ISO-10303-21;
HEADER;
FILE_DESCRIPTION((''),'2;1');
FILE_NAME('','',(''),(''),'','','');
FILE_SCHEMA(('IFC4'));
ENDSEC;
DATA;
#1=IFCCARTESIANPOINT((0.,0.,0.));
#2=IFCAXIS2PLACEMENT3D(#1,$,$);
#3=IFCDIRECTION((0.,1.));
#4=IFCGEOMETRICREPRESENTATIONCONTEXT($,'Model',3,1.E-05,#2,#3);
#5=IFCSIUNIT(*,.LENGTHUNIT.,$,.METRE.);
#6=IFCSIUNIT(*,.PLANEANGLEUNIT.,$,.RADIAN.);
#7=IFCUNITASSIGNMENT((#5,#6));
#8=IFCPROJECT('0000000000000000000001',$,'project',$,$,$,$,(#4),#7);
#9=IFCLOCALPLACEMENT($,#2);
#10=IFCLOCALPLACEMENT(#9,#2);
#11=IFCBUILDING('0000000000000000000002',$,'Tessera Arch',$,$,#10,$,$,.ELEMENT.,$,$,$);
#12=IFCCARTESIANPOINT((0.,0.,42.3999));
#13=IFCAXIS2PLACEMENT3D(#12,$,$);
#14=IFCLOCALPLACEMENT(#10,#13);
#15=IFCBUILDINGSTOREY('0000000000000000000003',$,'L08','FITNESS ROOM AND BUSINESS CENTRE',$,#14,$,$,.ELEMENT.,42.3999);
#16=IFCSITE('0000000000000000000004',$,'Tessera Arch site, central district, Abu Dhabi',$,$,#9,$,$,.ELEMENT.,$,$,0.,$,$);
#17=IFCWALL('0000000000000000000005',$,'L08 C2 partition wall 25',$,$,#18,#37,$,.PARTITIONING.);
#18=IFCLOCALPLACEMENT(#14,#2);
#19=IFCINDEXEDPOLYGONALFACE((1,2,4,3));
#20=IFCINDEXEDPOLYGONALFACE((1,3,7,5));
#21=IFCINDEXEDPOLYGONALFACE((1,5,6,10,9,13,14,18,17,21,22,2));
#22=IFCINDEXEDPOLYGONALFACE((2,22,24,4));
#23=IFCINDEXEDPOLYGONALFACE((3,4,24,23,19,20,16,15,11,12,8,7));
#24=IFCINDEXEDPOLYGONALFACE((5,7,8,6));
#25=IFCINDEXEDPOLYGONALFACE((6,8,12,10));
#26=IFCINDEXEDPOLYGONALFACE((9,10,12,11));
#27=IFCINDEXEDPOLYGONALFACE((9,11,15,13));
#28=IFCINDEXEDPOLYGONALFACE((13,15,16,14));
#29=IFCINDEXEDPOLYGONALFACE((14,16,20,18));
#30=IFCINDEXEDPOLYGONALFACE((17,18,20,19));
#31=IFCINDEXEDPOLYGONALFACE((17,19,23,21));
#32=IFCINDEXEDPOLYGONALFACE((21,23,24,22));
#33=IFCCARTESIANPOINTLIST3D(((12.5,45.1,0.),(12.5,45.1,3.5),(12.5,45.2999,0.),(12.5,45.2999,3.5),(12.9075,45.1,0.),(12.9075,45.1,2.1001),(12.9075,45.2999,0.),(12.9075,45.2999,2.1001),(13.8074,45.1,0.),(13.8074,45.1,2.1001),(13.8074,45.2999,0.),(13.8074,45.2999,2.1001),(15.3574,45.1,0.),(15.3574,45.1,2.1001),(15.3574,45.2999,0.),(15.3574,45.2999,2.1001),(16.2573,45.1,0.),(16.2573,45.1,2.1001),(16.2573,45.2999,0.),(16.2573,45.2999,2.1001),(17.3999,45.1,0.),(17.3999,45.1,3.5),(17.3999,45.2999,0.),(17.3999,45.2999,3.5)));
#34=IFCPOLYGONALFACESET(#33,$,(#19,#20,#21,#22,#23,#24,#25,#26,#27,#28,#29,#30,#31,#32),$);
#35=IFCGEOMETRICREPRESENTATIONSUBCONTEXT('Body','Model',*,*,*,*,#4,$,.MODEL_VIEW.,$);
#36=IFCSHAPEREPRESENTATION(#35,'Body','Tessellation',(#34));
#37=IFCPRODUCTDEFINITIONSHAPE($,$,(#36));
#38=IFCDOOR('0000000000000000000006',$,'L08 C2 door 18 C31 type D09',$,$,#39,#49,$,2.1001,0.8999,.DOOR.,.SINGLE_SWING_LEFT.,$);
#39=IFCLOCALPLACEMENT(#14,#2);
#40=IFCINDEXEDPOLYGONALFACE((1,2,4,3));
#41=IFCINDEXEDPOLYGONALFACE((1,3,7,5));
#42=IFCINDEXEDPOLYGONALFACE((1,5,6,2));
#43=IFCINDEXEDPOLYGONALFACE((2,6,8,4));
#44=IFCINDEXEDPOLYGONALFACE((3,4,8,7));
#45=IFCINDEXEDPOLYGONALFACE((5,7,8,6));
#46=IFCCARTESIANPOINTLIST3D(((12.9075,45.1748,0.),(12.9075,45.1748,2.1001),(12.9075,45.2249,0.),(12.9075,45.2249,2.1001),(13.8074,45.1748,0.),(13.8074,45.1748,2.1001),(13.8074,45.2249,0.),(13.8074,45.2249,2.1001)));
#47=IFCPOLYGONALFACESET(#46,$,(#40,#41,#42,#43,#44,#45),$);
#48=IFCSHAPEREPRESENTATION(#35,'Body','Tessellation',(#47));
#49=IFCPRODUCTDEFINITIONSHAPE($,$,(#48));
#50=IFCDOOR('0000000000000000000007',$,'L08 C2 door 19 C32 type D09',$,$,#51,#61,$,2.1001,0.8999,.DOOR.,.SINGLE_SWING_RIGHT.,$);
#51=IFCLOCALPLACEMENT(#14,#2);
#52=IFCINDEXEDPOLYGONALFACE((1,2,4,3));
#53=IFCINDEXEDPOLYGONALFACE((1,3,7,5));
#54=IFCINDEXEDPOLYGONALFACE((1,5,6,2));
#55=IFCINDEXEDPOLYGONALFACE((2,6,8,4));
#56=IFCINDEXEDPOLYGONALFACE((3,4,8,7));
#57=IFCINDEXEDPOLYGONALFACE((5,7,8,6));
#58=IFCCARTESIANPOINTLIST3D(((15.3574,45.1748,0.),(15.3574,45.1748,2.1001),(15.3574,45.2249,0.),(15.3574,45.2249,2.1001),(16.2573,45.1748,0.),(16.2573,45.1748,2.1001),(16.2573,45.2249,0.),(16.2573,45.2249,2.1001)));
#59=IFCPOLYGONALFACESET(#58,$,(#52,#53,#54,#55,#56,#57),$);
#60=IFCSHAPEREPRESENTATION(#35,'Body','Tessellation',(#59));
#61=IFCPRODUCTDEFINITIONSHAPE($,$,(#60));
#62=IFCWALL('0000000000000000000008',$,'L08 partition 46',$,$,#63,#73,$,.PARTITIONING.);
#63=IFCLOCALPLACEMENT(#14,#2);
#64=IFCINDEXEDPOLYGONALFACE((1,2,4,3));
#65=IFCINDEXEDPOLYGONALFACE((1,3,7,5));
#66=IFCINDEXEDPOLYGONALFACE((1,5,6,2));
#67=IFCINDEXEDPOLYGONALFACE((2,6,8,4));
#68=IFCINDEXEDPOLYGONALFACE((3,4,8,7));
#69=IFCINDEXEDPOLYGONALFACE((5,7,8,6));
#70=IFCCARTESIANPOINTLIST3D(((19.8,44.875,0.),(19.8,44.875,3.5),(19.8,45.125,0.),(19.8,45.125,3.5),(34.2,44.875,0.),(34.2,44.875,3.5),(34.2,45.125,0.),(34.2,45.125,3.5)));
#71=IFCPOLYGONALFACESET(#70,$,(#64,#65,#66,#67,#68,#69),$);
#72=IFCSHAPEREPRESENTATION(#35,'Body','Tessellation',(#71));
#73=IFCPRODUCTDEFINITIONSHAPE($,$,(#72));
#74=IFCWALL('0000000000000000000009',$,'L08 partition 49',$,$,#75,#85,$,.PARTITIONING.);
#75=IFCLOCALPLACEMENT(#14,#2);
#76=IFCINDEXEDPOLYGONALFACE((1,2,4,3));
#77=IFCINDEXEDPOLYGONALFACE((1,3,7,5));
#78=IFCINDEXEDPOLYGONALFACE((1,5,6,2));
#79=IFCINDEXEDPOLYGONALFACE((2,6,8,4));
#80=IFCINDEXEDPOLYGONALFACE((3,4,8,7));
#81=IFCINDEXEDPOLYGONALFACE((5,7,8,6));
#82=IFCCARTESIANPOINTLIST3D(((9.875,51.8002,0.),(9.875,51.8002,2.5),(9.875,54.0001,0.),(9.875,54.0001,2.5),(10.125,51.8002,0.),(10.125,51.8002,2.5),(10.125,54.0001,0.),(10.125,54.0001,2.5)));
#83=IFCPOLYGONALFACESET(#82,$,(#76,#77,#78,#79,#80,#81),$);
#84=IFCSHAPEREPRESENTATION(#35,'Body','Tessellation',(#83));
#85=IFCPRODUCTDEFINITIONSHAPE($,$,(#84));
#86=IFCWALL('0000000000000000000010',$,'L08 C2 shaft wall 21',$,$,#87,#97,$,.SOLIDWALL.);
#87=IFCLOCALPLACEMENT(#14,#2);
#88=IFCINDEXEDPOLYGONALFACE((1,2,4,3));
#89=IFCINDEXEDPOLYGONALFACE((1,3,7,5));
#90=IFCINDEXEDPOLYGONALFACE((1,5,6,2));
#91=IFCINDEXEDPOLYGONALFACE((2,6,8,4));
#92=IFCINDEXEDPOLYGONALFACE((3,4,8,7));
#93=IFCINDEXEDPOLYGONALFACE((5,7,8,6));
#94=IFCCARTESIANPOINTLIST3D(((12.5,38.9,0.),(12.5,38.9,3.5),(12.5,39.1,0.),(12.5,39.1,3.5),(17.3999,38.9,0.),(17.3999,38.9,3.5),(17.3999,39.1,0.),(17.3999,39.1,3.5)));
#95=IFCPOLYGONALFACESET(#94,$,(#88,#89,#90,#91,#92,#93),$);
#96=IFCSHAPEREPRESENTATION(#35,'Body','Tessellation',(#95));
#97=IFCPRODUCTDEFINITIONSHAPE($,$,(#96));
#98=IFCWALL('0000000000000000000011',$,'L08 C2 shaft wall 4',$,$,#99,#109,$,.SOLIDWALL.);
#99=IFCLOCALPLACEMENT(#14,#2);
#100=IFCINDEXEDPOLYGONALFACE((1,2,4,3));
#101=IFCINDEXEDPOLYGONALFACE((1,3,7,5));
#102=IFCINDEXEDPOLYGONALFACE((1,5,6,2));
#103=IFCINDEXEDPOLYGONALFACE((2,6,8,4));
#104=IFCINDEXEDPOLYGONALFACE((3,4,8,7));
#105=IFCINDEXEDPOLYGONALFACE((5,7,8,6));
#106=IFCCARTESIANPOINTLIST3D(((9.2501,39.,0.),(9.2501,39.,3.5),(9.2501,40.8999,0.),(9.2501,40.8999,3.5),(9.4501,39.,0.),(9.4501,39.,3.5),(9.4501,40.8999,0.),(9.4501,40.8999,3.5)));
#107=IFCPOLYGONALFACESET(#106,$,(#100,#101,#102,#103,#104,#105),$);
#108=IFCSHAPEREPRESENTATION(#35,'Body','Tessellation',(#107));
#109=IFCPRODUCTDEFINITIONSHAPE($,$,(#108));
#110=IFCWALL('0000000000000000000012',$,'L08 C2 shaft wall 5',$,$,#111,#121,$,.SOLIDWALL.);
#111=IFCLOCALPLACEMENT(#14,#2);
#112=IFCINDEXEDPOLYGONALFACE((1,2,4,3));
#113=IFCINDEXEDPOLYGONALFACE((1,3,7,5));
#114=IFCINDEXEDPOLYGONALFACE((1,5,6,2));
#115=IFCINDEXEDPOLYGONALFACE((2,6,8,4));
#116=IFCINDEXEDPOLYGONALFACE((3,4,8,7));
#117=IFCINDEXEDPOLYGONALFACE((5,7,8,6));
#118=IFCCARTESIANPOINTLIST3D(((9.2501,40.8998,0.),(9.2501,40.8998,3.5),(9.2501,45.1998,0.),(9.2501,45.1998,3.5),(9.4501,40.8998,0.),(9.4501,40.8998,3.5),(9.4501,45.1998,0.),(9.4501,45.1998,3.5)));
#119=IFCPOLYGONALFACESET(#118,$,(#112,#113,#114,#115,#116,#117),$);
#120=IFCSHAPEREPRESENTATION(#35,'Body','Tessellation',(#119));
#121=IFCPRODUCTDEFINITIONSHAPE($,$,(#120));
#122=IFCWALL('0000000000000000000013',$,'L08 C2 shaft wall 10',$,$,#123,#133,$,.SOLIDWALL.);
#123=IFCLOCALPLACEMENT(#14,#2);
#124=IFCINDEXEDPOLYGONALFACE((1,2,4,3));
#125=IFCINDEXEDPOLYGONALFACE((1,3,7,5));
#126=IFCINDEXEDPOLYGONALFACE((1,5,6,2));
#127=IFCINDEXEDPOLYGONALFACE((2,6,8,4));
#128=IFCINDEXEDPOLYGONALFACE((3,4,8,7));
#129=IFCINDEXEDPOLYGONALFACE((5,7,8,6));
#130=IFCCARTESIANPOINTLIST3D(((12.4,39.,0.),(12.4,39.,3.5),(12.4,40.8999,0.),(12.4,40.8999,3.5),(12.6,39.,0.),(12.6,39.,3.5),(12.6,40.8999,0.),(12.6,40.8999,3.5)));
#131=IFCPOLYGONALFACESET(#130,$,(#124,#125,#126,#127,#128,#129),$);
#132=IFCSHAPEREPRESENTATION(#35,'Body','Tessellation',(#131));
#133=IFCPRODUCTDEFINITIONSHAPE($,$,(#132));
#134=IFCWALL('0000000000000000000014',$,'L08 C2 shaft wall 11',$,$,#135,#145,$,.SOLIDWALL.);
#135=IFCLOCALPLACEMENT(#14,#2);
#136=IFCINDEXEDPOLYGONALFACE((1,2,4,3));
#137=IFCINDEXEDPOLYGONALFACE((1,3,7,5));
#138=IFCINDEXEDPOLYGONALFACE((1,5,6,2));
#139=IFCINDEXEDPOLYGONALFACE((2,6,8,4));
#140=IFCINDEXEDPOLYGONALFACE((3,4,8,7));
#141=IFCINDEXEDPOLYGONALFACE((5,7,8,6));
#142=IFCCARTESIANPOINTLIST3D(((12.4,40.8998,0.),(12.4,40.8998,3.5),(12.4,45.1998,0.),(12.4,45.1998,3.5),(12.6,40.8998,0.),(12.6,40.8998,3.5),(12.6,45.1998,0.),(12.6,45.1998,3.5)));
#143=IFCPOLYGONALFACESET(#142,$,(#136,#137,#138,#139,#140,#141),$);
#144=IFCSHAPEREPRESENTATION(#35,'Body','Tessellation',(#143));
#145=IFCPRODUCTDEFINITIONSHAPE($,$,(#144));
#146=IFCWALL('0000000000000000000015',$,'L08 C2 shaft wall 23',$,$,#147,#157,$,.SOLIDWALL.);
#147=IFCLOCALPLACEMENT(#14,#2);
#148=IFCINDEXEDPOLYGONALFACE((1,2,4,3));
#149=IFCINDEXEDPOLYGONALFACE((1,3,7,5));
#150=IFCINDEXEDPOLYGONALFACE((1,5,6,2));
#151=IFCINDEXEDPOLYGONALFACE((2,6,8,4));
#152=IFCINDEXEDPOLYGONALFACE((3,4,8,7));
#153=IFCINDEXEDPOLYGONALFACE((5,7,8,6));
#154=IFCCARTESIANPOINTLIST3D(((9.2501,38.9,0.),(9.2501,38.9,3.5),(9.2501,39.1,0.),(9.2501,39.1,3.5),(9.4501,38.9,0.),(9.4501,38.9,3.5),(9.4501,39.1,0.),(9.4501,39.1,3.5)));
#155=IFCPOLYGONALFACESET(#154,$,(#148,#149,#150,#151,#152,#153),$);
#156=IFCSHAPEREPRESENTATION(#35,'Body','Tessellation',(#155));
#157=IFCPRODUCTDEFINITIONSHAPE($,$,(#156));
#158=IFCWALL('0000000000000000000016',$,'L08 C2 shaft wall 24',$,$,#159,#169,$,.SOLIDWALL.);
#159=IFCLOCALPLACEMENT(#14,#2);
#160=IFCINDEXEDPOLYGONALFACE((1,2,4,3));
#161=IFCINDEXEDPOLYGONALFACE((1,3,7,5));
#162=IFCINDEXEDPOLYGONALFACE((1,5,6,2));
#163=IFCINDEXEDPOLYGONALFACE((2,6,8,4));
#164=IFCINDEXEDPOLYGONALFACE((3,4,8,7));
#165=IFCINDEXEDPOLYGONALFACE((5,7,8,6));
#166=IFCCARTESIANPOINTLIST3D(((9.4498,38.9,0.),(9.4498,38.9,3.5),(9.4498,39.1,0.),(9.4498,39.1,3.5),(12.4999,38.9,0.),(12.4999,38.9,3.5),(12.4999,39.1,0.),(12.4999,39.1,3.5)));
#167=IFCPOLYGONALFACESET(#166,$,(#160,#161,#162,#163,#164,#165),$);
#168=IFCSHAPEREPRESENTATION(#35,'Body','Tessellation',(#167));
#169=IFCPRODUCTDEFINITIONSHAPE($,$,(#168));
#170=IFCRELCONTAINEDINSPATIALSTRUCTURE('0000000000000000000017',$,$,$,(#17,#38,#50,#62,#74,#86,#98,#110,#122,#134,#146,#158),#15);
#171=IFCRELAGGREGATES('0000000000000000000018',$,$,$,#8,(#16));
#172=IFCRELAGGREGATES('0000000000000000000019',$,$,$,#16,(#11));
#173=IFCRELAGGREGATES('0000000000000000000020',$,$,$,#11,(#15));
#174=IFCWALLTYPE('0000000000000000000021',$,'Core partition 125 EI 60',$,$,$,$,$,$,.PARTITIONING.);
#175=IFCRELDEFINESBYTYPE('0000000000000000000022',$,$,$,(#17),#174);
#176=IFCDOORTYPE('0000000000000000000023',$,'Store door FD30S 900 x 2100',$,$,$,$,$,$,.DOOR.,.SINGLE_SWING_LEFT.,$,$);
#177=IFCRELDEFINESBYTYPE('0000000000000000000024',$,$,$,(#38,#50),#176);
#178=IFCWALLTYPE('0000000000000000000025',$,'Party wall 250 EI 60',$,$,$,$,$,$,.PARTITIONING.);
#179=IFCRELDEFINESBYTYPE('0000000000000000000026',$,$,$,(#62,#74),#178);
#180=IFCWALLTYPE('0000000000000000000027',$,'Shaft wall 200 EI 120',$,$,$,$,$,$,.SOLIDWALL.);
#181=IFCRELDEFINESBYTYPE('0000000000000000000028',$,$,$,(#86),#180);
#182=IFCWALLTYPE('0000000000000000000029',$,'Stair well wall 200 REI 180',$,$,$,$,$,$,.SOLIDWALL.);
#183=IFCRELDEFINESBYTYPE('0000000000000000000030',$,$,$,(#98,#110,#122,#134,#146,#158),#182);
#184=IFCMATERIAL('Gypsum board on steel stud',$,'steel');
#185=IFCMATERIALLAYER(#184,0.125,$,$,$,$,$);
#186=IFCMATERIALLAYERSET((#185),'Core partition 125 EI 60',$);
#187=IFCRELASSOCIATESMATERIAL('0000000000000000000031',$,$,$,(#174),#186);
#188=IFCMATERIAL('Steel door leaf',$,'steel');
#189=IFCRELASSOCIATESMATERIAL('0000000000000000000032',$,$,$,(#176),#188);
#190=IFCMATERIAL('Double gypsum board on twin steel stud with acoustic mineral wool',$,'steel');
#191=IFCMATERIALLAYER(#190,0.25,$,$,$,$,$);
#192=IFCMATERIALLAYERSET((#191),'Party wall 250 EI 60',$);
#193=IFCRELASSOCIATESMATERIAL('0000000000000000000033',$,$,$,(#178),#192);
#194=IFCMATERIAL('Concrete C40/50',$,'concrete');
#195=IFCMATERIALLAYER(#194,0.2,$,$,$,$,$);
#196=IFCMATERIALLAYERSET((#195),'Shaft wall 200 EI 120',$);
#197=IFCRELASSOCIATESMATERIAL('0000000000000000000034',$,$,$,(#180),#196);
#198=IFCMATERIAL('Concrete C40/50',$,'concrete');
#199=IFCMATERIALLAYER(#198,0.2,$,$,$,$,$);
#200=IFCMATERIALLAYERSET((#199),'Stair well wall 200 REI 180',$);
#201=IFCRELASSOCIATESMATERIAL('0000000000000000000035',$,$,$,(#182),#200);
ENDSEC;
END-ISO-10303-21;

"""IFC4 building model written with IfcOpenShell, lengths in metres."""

from ifc_helpers import new_model, si_unit, direction, frame, frame_2d, origin, place, context, subcontext, project, spatial, rectangle, extrude, material, layer, layer_set, type_object, element, fill, save


model = new_model("IFC4")

# Units and contexts
model_context = context("Model", 3, precision=1e-05, world=origin(), true_north=direction((0.0, 1.0)))
body_context = subcontext(model_context, "Body", "Model", "MODEL_VIEW")
ifc_project = project(units=[si_unit("LENGTHUNIT", "METRE"), si_unit("PLANEANGLEUNIT", "RADIAN")], contexts=[model_context])

# Site, building, storey
site_placement = place(None, origin())
site = spatial("IfcSite", under=ifc_project, at=site_placement, Name="Tessera Arch site, central district, Abu Dhabi", CompositionType="ELEMENT", RefElevation=0.0)
building_placement = place(site_placement, origin())
building = spatial("IfcBuilding", under=site, at=building_placement, Name="Tessera Arch", CompositionType="ELEMENT")
storey_placement = place(building_placement, frame((0.0, 0.0, 42.3999)))
storey = spatial("IfcBuildingStorey", under=building, at=storey_placement, Name="L08", Description="FITNESS ROOM AND BUSINESS CENTRE", CompositionType="ELEMENT", Elevation=42.3999)

# Shared definitions
ifc_material_1 = material(Name="Gypsum board on steel stud", Category="steel")
ifc_layer_1 = layer(ifc_material_1, 0.125)
ifc_layer_set_1 = layer_set([ifc_layer_1], Name="Core partition 125 EI 60")
wall_type_1 = type_object("IfcWallType", Name="Core partition 125 EI 60", PredefinedType="PARTITIONING", material=ifc_layer_set_1)

# Wall, openings, doors
wall_1_placement = place(storey_placement, frame((12.5, 45.2, 0.0), z_axis=(0.0, 0.0, 1.0), x_axis=(1.0, 0.0, 0.0)))
wall_1 = element("IfcWall", 1, at=wall_1_placement, inside=storey, type_object=wall_type_1, Name="L08 C2 partition wall 25", PredefinedType="PARTITIONING", context=body_context, shape_type="SweptSolid", body=[
    extrude(rectangle(XDim=4.8999, YDim=0.2, at=frame_2d((2.45, 0.0))), origin(), (0.0, 0.0, 1.0), 3.5),
])
opening_1_placement = place(wall_1_placement, frame((0.4075, 0.0, 0.0)))
opening_1 = element("IfcOpeningElement", 2, at=opening_1_placement, cuts=wall_1, PredefinedType="OPENING", context=body_context, shape_type="SweptSolid", body=[
    extrude(rectangle(XDim=0.8999, YDim=2.1001, at=frame_2d((0.45, 1.05))), frame((0.0, 0.1099, 0.0), z_axis=(0.0, -1.0, 0.0), x_axis=(1.0, 0.0, 0.0)), (0.0, 0.0, 1.0), 0.22),
])
opening_2_placement = place(wall_1_placement, frame((2.8574, 0.0, 0.0)))
opening_2 = element("IfcOpeningElement", 3, at=opening_2_placement, cuts=wall_1, PredefinedType="OPENING", context=body_context, shape_type="SweptSolid", body=[
    extrude(rectangle(XDim=0.8999, YDim=2.1001, at=frame_2d((0.45, 1.05))), frame((0.0, 0.1099, 0.0), z_axis=(0.0, -1.0, 0.0), x_axis=(1.0, 0.0, 0.0)), (0.0, 0.0, 1.0), 0.22),
])
ifc_material_2 = material(Name="Steel door leaf", Category="steel")
door_type = type_object("IfcDoorType", Name="Store door FD30S 900 x 2100", OperationType="SINGLE_SWING_LEFT", PredefinedType="DOOR", material=ifc_material_2)
door_1_placement = place(opening_1_placement, origin())
door_1 = element("IfcDoor", 4, at=door_1_placement, inside=storey, type_object=door_type, Name="L08 C2 door 18 C31 type D09", OperationType="SINGLE_SWING_LEFT", OverallHeight=2.1001, OverallWidth=0.8999, PredefinedType="DOOR", context=body_context, shape_type="SweptSolid", body=[
    extrude(rectangle(XDim=0.8999, YDim=2.1001, at=frame_2d((0.45, 1.05))), frame((0.0, 0.0249, 0.0), z_axis=(0.0, -1.0, 0.0), x_axis=(1.0, 0.0, 0.0)), (0.0, 0.0, 1.0), 0.05),
])
fill(opening_1, door_1)
door_2_placement = place(opening_2_placement, origin())
door_2 = element("IfcDoor", 5, at=door_2_placement, inside=storey, type_object=door_type, Name="L08 C2 door 19 C32 type D09", OperationType="SINGLE_SWING_RIGHT", OverallHeight=2.1001, OverallWidth=0.8999, PredefinedType="DOOR", context=body_context, shape_type="SweptSolid", body=[
    extrude(rectangle(XDim=0.8999, YDim=2.1001, at=frame_2d((0.45, 1.05))), frame((0.0, 0.0249, 0.0), z_axis=(0.0, -1.0, 0.0), x_axis=(1.0, 0.0, 0.0)), (0.0, 0.0, 1.0), 0.05),
])
fill(opening_2, door_2)

# Walls
ifc_material_3 = material(Name="Double gypsum board on twin steel stud with acoustic mineral wool", Category="steel")
ifc_layer_2 = layer(ifc_material_3, 0.25)
ifc_layer_set_2 = layer_set([ifc_layer_2], Name="Party wall 250 EI 60")
wall_type_2 = type_object("IfcWallType", Name="Party wall 250 EI 60", PredefinedType="PARTITIONING", material=ifc_layer_set_2)
wall_2_placement = place(storey_placement, frame((19.8, 45.0, 0.0), z_axis=(0.0, 0.0, 1.0), x_axis=(1.0, 0.0, 0.0)))
element("IfcWall", 6, at=wall_2_placement, inside=storey, type_object=wall_type_2, Name="L08 partition 46", PredefinedType="PARTITIONING", context=body_context, shape_type="SweptSolid", body=[
    extrude(rectangle(XDim=14.3999, YDim=0.25, at=frame_2d((7.2, 0.0))), origin(), (0.0, 0.0, 1.0), 3.5),
])
wall_3_placement = place(storey_placement, frame((10.0, 51.8, 0.0), z_axis=(0.0, 0.0, 1.0), x_axis=(0.0, 1.0, 0.0)))
element("IfcWall", 7, at=wall_3_placement, inside=storey, type_object=wall_type_2, Name="L08 partition 49", PredefinedType="PARTITIONING", context=body_context, shape_type="SweptSolid", body=[
    extrude(rectangle(XDim=2.2, YDim=0.25, at=frame_2d((1.1001, 0.0))), origin(), (0.0, 0.0, 1.0), 2.5),
])
ifc_material_4 = material(Name="Concrete C40/50", Category="concrete")
ifc_layer_3 = layer(ifc_material_4, 0.2)
ifc_layer_set_3 = layer_set([ifc_layer_3], Name="Shaft wall 200 EI 120")
wall_type_3 = type_object("IfcWallType", Name="Shaft wall 200 EI 120", PredefinedType="SOLIDWALL", material=ifc_layer_set_3)
wall_4_placement = place(storey_placement, frame((12.5, 39.0, 0.0), z_axis=(0.0, 0.0, 1.0), x_axis=(1.0, 0.0, 0.0)))
element("IfcWall", 8, at=wall_4_placement, inside=storey, type_object=wall_type_3, Name="L08 C2 shaft wall 21", PredefinedType="SOLIDWALL", context=body_context, shape_type="SweptSolid", body=[
    extrude(rectangle(XDim=4.8999, YDim=0.2, at=frame_2d((2.45, 0.0))), origin(), (0.0, 0.0, 1.0), 3.5),
])
ifc_material_5 = material(Name="Concrete C40/50", Category="concrete")
ifc_layer_4 = layer(ifc_material_5, 0.2)
ifc_layer_set_4 = layer_set([ifc_layer_4], Name="Stair well wall 200 REI 180")
wall_type_4 = type_object("IfcWallType", Name="Stair well wall 200 REI 180", PredefinedType="SOLIDWALL", material=ifc_layer_set_4)
wall_5_placement = place(storey_placement, frame((9.3501, 39.0, 0.0), z_axis=(0.0, 0.0, 1.0), x_axis=(0.0, 1.0, 0.0)))
element("IfcWall", 9, at=wall_5_placement, inside=storey, type_object=wall_type_4, Name="L08 C2 shaft wall 4", PredefinedType="SOLIDWALL", context=body_context, shape_type="SweptSolid", body=[
    extrude(rectangle(XDim=1.8999, YDim=0.2, at=frame_2d((0.95, 0.0))), origin(), (0.0, 0.0, 1.0), 3.5),
])
wall_6_placement = place(storey_placement, frame((9.3501, 40.8999, 0.0), z_axis=(0.0, 0.0, 1.0), x_axis=(0.0, 1.0, 0.0)))
element("IfcWall", 10, at=wall_6_placement, inside=storey, type_object=wall_type_4, Name="L08 C2 shaft wall 5", PredefinedType="SOLIDWALL", context=body_context, shape_type="SweptSolid", body=[
    extrude(rectangle(XDim=4.3, YDim=0.2, at=frame_2d((2.1499, 0.0))), origin(), (0.0, 0.0, 1.0), 3.5),
])
wall_7_placement = place(storey_placement, frame((12.5, 39.0, 0.0), z_axis=(0.0, 0.0, 1.0), x_axis=(0.0, 1.0, 0.0)))
element("IfcWall", 11, at=wall_7_placement, inside=storey, type_object=wall_type_4, Name="L08 C2 shaft wall 10", PredefinedType="SOLIDWALL", context=body_context, shape_type="SweptSolid", body=[
    extrude(rectangle(XDim=1.8999, YDim=0.2, at=frame_2d((0.95, 0.0))), origin(), (0.0, 0.0, 1.0), 3.5),
])
wall_8_placement = place(storey_placement, frame((12.5, 40.8999, 0.0), z_axis=(0.0, 0.0, 1.0), x_axis=(0.0, 1.0, 0.0)))
element("IfcWall", 12, at=wall_8_placement, inside=storey, type_object=wall_type_4, Name="L08 C2 shaft wall 11", PredefinedType="SOLIDWALL", context=body_context, shape_type="SweptSolid", body=[
    extrude(rectangle(XDim=4.3, YDim=0.2, at=frame_2d((2.1499, 0.0))), origin(), (0.0, 0.0, 1.0), 3.5),
])
wall_9_placement = place(storey_placement, frame((9.25, 39.0, 0.0), z_axis=(0.0, 0.0, 1.0), x_axis=(1.0, 0.0, 0.0)))
element("IfcWall", 13, at=wall_9_placement, inside=storey, type_object=wall_type_4, Name="L08 C2 shaft wall 23", PredefinedType="SOLIDWALL", context=body_context, shape_type="SweptSolid", body=[
    extrude(rectangle(XDim=0.2, YDim=0.2, at=frame_2d((0.1001, 0.0))), origin(), (0.0, 0.0, 1.0), 3.5),
])
wall_10_placement = place(storey_placement, frame((9.45, 39.0, 0.0), z_axis=(0.0, 0.0, 1.0), x_axis=(1.0, 0.0, 0.0)))
element("IfcWall", 14, at=wall_10_placement, inside=storey, type_object=wall_type_4, Name="L08 C2 shaft wall 24", PredefinedType="SOLIDWALL", context=body_context, shape_type="SweptSolid", body=[
    extrude(rectangle(XDim=3.05, YDim=0.2, at=frame_2d((1.5249, 0.0))), origin(), (0.0, 0.0, 1.0), 3.5),
])

save(model, "model.ifc")
